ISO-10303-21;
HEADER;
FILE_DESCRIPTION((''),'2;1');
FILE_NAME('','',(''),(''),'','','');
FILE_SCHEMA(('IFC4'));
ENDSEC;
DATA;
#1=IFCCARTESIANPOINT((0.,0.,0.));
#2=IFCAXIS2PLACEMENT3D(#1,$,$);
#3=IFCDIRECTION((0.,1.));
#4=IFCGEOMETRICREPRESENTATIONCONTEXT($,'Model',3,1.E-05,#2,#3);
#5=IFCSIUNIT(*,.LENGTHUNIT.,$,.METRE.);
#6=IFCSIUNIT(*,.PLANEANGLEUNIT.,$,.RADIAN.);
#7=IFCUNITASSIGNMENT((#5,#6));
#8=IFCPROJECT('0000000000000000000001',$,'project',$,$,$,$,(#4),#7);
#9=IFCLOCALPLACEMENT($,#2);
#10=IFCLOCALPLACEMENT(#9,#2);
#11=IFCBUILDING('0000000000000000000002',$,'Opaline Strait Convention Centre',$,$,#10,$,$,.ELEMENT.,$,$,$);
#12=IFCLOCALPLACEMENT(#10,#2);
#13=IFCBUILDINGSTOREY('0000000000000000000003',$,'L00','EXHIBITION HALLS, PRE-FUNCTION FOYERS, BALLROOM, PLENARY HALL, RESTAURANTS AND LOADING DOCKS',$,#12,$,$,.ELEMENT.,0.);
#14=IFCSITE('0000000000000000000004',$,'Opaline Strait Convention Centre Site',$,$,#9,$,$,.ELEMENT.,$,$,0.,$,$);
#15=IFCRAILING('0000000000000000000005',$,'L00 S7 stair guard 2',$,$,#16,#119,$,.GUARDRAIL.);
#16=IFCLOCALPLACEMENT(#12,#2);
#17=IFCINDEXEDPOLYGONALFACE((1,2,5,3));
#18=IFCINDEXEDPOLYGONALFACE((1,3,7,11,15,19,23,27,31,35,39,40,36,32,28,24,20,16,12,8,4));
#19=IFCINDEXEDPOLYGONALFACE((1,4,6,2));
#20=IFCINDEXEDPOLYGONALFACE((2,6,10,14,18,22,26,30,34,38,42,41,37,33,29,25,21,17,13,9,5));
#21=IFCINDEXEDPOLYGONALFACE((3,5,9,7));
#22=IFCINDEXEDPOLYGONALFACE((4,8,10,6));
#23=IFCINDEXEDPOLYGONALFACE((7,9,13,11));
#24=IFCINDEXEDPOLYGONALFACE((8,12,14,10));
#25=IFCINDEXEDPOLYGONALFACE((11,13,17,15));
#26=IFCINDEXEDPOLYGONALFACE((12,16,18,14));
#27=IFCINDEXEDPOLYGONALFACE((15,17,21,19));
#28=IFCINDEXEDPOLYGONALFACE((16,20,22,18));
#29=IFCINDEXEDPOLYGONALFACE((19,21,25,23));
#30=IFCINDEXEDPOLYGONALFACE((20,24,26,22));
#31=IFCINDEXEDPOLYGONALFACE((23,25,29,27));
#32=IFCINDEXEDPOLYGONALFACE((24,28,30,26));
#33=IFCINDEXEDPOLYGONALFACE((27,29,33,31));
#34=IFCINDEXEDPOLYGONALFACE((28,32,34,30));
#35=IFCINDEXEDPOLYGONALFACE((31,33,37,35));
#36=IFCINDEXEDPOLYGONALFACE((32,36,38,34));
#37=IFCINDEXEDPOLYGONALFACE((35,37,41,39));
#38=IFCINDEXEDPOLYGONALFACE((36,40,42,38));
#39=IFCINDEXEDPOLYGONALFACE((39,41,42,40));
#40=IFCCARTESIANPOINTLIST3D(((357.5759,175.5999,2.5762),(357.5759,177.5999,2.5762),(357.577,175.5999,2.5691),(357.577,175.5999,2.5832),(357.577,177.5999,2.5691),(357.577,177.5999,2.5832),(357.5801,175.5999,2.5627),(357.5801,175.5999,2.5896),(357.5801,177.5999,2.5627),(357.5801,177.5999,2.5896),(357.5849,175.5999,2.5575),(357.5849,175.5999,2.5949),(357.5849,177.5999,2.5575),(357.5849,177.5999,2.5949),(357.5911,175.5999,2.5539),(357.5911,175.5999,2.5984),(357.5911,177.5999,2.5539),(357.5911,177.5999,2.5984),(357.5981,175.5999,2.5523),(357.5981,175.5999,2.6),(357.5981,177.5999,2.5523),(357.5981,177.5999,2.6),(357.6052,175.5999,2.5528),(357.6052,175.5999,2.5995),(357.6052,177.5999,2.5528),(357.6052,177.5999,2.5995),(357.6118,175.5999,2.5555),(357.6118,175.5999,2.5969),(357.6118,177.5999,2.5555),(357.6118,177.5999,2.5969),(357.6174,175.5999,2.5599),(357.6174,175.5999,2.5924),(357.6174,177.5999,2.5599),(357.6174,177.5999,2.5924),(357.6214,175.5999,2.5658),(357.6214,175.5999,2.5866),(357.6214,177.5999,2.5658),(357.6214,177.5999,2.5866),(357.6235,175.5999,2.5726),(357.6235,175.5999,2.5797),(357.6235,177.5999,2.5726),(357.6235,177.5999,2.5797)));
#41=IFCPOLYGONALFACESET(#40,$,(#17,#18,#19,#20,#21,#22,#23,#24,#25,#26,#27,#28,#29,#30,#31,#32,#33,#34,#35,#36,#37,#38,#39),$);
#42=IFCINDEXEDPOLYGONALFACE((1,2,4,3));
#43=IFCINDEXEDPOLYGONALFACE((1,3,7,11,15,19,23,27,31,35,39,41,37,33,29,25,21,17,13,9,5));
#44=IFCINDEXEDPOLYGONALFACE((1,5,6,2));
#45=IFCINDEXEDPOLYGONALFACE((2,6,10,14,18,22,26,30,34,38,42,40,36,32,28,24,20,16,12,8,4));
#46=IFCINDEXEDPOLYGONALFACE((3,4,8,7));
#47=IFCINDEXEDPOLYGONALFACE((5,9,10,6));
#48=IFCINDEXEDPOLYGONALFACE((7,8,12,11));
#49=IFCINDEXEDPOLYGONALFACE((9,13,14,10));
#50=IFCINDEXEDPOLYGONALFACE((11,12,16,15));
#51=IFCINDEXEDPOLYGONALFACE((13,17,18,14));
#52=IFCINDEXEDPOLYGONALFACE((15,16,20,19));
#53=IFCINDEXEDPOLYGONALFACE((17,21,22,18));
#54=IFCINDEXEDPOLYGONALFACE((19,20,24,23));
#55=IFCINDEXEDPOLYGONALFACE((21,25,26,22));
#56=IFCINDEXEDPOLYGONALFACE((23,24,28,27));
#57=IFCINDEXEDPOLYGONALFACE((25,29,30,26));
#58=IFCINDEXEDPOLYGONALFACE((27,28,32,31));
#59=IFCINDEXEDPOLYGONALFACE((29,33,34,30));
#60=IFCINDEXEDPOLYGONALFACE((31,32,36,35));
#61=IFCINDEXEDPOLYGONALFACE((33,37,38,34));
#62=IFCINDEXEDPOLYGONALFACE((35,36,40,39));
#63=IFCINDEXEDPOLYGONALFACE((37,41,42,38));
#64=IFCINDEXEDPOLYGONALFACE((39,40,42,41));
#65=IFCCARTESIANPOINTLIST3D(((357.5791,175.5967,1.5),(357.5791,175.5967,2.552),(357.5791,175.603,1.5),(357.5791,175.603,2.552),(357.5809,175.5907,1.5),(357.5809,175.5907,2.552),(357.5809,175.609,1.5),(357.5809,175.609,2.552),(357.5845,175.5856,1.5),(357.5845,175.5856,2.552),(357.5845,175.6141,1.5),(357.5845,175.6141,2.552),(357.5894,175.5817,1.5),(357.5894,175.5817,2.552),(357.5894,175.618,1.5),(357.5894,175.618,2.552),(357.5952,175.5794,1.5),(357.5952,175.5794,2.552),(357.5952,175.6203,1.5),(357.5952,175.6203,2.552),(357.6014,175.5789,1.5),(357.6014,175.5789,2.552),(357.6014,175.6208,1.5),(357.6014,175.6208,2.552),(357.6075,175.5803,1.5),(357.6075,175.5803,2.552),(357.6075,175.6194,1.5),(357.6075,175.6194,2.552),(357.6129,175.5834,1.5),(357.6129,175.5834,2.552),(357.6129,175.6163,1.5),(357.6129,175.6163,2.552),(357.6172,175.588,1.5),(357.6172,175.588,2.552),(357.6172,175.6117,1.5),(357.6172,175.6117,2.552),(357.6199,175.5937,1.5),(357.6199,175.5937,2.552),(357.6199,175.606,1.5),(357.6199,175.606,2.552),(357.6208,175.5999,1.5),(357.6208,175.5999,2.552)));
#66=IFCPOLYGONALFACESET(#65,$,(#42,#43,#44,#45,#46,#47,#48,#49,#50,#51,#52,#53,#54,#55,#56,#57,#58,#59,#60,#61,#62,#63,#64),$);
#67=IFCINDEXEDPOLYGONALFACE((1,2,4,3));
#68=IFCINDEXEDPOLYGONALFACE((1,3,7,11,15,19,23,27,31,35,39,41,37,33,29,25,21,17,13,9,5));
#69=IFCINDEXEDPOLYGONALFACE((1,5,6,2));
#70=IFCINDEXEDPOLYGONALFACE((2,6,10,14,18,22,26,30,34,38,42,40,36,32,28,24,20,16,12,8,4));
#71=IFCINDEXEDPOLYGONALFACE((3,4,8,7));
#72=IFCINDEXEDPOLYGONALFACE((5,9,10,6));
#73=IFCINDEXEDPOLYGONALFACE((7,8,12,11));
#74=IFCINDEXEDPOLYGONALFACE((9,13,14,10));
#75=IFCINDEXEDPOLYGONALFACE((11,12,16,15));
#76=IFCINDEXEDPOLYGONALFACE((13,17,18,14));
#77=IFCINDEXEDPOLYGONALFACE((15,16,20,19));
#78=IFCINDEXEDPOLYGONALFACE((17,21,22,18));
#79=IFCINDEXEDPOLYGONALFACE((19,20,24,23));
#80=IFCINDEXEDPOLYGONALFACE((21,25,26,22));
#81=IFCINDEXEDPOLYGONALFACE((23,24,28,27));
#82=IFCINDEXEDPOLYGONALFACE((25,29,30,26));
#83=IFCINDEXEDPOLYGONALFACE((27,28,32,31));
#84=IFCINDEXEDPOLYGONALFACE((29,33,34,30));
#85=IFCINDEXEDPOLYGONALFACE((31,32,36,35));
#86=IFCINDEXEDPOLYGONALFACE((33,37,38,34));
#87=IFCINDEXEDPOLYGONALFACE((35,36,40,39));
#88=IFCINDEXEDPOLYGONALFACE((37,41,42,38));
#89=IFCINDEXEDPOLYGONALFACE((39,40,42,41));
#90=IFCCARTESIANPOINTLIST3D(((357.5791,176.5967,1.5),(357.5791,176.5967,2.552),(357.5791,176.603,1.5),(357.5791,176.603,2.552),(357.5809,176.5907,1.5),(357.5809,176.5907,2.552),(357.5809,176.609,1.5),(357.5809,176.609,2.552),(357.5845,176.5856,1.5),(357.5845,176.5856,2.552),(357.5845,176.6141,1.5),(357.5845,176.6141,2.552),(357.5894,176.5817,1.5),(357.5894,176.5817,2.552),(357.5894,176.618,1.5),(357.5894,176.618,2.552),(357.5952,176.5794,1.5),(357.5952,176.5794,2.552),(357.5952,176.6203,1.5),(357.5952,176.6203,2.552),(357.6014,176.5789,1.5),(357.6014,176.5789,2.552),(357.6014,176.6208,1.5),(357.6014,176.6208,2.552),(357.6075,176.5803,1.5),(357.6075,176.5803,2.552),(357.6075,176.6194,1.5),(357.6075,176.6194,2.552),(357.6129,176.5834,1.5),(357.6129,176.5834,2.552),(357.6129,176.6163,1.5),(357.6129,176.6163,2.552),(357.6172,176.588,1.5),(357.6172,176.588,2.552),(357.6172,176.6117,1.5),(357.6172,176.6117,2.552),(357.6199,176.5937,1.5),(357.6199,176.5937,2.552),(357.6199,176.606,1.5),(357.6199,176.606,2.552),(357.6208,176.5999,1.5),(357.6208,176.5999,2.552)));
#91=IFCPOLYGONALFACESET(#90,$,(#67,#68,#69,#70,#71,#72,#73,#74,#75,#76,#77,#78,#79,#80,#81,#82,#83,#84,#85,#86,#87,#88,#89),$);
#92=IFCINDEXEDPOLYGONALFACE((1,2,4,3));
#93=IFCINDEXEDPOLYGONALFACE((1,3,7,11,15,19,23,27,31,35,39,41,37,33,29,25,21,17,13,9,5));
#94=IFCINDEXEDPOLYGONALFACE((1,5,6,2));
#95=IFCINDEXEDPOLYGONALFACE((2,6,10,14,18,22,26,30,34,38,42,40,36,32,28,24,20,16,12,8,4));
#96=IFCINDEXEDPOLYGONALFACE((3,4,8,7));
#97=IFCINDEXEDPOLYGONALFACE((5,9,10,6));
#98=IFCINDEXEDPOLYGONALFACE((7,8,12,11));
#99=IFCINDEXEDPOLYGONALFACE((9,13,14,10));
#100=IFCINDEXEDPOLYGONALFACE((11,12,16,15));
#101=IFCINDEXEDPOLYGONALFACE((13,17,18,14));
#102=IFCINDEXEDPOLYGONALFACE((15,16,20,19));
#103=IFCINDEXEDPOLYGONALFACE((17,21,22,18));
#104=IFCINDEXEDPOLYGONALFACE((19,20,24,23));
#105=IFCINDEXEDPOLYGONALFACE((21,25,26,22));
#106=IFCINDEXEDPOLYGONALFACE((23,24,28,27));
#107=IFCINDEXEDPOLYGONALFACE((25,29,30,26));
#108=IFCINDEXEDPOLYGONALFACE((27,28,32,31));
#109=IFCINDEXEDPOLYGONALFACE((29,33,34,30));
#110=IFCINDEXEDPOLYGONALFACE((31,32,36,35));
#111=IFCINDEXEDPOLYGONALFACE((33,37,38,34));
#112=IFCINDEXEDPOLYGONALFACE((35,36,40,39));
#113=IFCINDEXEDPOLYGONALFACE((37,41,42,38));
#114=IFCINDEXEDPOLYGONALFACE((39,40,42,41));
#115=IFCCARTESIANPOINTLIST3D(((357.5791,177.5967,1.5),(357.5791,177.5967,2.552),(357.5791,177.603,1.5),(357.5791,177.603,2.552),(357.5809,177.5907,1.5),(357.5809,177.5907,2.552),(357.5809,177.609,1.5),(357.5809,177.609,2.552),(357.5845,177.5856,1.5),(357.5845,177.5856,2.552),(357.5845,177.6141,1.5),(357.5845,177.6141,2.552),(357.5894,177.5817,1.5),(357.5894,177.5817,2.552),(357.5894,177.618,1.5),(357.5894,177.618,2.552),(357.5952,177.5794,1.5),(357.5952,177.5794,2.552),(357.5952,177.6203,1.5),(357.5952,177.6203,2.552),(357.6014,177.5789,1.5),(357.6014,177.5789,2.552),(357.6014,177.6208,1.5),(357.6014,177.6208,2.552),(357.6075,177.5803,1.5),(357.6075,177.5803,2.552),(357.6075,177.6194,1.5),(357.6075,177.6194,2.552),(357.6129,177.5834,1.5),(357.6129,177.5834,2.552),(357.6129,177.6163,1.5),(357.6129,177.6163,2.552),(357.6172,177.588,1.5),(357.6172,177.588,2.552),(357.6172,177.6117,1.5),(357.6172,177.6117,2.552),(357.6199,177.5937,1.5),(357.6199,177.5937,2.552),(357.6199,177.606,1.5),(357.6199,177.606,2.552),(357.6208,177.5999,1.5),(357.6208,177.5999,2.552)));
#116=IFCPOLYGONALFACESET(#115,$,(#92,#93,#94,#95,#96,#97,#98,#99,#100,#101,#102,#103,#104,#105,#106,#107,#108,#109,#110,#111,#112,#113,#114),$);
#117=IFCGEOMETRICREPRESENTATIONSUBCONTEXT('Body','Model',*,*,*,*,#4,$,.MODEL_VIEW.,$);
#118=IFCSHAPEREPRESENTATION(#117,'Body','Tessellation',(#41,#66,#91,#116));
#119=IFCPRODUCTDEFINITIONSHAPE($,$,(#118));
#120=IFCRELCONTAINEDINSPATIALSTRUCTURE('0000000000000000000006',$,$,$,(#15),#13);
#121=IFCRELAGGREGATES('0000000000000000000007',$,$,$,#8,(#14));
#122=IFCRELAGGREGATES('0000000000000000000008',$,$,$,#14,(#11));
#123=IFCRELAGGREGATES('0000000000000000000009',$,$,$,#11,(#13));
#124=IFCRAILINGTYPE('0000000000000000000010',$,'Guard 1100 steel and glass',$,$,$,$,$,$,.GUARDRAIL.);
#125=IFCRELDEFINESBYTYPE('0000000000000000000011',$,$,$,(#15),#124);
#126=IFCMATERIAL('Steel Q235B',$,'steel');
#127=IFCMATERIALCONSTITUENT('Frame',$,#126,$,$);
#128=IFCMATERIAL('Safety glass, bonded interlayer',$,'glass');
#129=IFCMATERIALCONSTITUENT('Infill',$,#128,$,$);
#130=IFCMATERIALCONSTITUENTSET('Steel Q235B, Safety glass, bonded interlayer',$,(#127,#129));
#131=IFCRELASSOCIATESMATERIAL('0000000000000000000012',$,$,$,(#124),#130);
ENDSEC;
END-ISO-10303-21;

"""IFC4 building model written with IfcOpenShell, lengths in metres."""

from ifc_helpers import new_model, si_unit, direction, frame, origin, origin_2d, place, context, subcontext, project, spatial, circle, extrude, material, constituent, constituent_set, type_object, element, save


model = new_model("IFC4")

# Units and contexts
model_context = context("Model", 3, precision=1e-05, world=origin(), true_north=direction((0.0, 1.0)))
body_context = subcontext(model_context, "Body", "Model", "MODEL_VIEW")
ifc_project = project(units=[si_unit("LENGTHUNIT", "METRE"), si_unit("PLANEANGLEUNIT", "RADIAN")], contexts=[model_context])

# Site, building, storey
site_placement = place(None, origin())
site = spatial("IfcSite", under=ifc_project, at=site_placement, Name="Opaline Strait Convention Centre Site", CompositionType="ELEMENT", RefElevation=0.0)
building_placement = place(site_placement, origin())
building = spatial("IfcBuilding", under=site, at=building_placement, Name="Opaline Strait Convention Centre", CompositionType="ELEMENT")
storey_placement = place(building_placement, origin())
storey = spatial("IfcBuildingStorey", under=building, at=storey_placement, Name="L00", Description="EXHIBITION HALLS, PRE-FUNCTION FOYERS, BALLROOM, PLENARY HALL, RESTAURANTS AND LOADING DOCKS", CompositionType="ELEMENT", Elevation=0.0)

# Railing
ifc_material_1 = material(Name="Steel Q235B", Category="steel")
ifc_constituent_1 = constituent(ifc_material_1, Name="Frame")
ifc_material_2 = material(Name="Safety glass, bonded interlayer", Category="glass")
ifc_constituent_2 = constituent(ifc_material_2, Name="Infill")
ifc_constituent_set = constituent_set(constituents=[ifc_constituent_1, ifc_constituent_2], Name="Steel Q235B, Safety glass, bonded interlayer")
railing_type = type_object("IfcRailingType", Name="Guard 1100 steel and glass", PredefinedType="GUARDRAIL", material=ifc_constituent_set)
for number, where, name in (
    (1, (357.5999, 175.5999, 1.5), "L00 S7 stair guard 2"),
):
    element("IfcRailing", number, at=place(storey_placement, frame(where)), inside=storey, type_object=railing_type, Name=name, PredefinedType="GUARDRAIL", context=body_context, shape_type="SweptSolid", body=[
        extrude(circle(Radius=0.0239, at=origin_2d()), frame((0.0, 0.0, 1.0762), z_axis=(0.0, 1.0, 0.0), x_axis=(-1.0, 0.0, 0.0)), (0.0, 0.0, 1.0), 2.0),
        extrude(circle(Radius=0.021, at=origin_2d()), origin(), (0.0, 0.0, 1.0), 1.052),
        extrude(circle(Radius=0.021, at=origin_2d()), frame((0.0, 1.0, 0.0)), (0.0, 0.0, 1.0), 1.052),
        extrude(circle(Radius=0.021, at=origin_2d()), frame((0.0, 2.0, 0.0)), (0.0, 0.0, 1.0), 1.052),
    ])

save(model, "model.ifc")
